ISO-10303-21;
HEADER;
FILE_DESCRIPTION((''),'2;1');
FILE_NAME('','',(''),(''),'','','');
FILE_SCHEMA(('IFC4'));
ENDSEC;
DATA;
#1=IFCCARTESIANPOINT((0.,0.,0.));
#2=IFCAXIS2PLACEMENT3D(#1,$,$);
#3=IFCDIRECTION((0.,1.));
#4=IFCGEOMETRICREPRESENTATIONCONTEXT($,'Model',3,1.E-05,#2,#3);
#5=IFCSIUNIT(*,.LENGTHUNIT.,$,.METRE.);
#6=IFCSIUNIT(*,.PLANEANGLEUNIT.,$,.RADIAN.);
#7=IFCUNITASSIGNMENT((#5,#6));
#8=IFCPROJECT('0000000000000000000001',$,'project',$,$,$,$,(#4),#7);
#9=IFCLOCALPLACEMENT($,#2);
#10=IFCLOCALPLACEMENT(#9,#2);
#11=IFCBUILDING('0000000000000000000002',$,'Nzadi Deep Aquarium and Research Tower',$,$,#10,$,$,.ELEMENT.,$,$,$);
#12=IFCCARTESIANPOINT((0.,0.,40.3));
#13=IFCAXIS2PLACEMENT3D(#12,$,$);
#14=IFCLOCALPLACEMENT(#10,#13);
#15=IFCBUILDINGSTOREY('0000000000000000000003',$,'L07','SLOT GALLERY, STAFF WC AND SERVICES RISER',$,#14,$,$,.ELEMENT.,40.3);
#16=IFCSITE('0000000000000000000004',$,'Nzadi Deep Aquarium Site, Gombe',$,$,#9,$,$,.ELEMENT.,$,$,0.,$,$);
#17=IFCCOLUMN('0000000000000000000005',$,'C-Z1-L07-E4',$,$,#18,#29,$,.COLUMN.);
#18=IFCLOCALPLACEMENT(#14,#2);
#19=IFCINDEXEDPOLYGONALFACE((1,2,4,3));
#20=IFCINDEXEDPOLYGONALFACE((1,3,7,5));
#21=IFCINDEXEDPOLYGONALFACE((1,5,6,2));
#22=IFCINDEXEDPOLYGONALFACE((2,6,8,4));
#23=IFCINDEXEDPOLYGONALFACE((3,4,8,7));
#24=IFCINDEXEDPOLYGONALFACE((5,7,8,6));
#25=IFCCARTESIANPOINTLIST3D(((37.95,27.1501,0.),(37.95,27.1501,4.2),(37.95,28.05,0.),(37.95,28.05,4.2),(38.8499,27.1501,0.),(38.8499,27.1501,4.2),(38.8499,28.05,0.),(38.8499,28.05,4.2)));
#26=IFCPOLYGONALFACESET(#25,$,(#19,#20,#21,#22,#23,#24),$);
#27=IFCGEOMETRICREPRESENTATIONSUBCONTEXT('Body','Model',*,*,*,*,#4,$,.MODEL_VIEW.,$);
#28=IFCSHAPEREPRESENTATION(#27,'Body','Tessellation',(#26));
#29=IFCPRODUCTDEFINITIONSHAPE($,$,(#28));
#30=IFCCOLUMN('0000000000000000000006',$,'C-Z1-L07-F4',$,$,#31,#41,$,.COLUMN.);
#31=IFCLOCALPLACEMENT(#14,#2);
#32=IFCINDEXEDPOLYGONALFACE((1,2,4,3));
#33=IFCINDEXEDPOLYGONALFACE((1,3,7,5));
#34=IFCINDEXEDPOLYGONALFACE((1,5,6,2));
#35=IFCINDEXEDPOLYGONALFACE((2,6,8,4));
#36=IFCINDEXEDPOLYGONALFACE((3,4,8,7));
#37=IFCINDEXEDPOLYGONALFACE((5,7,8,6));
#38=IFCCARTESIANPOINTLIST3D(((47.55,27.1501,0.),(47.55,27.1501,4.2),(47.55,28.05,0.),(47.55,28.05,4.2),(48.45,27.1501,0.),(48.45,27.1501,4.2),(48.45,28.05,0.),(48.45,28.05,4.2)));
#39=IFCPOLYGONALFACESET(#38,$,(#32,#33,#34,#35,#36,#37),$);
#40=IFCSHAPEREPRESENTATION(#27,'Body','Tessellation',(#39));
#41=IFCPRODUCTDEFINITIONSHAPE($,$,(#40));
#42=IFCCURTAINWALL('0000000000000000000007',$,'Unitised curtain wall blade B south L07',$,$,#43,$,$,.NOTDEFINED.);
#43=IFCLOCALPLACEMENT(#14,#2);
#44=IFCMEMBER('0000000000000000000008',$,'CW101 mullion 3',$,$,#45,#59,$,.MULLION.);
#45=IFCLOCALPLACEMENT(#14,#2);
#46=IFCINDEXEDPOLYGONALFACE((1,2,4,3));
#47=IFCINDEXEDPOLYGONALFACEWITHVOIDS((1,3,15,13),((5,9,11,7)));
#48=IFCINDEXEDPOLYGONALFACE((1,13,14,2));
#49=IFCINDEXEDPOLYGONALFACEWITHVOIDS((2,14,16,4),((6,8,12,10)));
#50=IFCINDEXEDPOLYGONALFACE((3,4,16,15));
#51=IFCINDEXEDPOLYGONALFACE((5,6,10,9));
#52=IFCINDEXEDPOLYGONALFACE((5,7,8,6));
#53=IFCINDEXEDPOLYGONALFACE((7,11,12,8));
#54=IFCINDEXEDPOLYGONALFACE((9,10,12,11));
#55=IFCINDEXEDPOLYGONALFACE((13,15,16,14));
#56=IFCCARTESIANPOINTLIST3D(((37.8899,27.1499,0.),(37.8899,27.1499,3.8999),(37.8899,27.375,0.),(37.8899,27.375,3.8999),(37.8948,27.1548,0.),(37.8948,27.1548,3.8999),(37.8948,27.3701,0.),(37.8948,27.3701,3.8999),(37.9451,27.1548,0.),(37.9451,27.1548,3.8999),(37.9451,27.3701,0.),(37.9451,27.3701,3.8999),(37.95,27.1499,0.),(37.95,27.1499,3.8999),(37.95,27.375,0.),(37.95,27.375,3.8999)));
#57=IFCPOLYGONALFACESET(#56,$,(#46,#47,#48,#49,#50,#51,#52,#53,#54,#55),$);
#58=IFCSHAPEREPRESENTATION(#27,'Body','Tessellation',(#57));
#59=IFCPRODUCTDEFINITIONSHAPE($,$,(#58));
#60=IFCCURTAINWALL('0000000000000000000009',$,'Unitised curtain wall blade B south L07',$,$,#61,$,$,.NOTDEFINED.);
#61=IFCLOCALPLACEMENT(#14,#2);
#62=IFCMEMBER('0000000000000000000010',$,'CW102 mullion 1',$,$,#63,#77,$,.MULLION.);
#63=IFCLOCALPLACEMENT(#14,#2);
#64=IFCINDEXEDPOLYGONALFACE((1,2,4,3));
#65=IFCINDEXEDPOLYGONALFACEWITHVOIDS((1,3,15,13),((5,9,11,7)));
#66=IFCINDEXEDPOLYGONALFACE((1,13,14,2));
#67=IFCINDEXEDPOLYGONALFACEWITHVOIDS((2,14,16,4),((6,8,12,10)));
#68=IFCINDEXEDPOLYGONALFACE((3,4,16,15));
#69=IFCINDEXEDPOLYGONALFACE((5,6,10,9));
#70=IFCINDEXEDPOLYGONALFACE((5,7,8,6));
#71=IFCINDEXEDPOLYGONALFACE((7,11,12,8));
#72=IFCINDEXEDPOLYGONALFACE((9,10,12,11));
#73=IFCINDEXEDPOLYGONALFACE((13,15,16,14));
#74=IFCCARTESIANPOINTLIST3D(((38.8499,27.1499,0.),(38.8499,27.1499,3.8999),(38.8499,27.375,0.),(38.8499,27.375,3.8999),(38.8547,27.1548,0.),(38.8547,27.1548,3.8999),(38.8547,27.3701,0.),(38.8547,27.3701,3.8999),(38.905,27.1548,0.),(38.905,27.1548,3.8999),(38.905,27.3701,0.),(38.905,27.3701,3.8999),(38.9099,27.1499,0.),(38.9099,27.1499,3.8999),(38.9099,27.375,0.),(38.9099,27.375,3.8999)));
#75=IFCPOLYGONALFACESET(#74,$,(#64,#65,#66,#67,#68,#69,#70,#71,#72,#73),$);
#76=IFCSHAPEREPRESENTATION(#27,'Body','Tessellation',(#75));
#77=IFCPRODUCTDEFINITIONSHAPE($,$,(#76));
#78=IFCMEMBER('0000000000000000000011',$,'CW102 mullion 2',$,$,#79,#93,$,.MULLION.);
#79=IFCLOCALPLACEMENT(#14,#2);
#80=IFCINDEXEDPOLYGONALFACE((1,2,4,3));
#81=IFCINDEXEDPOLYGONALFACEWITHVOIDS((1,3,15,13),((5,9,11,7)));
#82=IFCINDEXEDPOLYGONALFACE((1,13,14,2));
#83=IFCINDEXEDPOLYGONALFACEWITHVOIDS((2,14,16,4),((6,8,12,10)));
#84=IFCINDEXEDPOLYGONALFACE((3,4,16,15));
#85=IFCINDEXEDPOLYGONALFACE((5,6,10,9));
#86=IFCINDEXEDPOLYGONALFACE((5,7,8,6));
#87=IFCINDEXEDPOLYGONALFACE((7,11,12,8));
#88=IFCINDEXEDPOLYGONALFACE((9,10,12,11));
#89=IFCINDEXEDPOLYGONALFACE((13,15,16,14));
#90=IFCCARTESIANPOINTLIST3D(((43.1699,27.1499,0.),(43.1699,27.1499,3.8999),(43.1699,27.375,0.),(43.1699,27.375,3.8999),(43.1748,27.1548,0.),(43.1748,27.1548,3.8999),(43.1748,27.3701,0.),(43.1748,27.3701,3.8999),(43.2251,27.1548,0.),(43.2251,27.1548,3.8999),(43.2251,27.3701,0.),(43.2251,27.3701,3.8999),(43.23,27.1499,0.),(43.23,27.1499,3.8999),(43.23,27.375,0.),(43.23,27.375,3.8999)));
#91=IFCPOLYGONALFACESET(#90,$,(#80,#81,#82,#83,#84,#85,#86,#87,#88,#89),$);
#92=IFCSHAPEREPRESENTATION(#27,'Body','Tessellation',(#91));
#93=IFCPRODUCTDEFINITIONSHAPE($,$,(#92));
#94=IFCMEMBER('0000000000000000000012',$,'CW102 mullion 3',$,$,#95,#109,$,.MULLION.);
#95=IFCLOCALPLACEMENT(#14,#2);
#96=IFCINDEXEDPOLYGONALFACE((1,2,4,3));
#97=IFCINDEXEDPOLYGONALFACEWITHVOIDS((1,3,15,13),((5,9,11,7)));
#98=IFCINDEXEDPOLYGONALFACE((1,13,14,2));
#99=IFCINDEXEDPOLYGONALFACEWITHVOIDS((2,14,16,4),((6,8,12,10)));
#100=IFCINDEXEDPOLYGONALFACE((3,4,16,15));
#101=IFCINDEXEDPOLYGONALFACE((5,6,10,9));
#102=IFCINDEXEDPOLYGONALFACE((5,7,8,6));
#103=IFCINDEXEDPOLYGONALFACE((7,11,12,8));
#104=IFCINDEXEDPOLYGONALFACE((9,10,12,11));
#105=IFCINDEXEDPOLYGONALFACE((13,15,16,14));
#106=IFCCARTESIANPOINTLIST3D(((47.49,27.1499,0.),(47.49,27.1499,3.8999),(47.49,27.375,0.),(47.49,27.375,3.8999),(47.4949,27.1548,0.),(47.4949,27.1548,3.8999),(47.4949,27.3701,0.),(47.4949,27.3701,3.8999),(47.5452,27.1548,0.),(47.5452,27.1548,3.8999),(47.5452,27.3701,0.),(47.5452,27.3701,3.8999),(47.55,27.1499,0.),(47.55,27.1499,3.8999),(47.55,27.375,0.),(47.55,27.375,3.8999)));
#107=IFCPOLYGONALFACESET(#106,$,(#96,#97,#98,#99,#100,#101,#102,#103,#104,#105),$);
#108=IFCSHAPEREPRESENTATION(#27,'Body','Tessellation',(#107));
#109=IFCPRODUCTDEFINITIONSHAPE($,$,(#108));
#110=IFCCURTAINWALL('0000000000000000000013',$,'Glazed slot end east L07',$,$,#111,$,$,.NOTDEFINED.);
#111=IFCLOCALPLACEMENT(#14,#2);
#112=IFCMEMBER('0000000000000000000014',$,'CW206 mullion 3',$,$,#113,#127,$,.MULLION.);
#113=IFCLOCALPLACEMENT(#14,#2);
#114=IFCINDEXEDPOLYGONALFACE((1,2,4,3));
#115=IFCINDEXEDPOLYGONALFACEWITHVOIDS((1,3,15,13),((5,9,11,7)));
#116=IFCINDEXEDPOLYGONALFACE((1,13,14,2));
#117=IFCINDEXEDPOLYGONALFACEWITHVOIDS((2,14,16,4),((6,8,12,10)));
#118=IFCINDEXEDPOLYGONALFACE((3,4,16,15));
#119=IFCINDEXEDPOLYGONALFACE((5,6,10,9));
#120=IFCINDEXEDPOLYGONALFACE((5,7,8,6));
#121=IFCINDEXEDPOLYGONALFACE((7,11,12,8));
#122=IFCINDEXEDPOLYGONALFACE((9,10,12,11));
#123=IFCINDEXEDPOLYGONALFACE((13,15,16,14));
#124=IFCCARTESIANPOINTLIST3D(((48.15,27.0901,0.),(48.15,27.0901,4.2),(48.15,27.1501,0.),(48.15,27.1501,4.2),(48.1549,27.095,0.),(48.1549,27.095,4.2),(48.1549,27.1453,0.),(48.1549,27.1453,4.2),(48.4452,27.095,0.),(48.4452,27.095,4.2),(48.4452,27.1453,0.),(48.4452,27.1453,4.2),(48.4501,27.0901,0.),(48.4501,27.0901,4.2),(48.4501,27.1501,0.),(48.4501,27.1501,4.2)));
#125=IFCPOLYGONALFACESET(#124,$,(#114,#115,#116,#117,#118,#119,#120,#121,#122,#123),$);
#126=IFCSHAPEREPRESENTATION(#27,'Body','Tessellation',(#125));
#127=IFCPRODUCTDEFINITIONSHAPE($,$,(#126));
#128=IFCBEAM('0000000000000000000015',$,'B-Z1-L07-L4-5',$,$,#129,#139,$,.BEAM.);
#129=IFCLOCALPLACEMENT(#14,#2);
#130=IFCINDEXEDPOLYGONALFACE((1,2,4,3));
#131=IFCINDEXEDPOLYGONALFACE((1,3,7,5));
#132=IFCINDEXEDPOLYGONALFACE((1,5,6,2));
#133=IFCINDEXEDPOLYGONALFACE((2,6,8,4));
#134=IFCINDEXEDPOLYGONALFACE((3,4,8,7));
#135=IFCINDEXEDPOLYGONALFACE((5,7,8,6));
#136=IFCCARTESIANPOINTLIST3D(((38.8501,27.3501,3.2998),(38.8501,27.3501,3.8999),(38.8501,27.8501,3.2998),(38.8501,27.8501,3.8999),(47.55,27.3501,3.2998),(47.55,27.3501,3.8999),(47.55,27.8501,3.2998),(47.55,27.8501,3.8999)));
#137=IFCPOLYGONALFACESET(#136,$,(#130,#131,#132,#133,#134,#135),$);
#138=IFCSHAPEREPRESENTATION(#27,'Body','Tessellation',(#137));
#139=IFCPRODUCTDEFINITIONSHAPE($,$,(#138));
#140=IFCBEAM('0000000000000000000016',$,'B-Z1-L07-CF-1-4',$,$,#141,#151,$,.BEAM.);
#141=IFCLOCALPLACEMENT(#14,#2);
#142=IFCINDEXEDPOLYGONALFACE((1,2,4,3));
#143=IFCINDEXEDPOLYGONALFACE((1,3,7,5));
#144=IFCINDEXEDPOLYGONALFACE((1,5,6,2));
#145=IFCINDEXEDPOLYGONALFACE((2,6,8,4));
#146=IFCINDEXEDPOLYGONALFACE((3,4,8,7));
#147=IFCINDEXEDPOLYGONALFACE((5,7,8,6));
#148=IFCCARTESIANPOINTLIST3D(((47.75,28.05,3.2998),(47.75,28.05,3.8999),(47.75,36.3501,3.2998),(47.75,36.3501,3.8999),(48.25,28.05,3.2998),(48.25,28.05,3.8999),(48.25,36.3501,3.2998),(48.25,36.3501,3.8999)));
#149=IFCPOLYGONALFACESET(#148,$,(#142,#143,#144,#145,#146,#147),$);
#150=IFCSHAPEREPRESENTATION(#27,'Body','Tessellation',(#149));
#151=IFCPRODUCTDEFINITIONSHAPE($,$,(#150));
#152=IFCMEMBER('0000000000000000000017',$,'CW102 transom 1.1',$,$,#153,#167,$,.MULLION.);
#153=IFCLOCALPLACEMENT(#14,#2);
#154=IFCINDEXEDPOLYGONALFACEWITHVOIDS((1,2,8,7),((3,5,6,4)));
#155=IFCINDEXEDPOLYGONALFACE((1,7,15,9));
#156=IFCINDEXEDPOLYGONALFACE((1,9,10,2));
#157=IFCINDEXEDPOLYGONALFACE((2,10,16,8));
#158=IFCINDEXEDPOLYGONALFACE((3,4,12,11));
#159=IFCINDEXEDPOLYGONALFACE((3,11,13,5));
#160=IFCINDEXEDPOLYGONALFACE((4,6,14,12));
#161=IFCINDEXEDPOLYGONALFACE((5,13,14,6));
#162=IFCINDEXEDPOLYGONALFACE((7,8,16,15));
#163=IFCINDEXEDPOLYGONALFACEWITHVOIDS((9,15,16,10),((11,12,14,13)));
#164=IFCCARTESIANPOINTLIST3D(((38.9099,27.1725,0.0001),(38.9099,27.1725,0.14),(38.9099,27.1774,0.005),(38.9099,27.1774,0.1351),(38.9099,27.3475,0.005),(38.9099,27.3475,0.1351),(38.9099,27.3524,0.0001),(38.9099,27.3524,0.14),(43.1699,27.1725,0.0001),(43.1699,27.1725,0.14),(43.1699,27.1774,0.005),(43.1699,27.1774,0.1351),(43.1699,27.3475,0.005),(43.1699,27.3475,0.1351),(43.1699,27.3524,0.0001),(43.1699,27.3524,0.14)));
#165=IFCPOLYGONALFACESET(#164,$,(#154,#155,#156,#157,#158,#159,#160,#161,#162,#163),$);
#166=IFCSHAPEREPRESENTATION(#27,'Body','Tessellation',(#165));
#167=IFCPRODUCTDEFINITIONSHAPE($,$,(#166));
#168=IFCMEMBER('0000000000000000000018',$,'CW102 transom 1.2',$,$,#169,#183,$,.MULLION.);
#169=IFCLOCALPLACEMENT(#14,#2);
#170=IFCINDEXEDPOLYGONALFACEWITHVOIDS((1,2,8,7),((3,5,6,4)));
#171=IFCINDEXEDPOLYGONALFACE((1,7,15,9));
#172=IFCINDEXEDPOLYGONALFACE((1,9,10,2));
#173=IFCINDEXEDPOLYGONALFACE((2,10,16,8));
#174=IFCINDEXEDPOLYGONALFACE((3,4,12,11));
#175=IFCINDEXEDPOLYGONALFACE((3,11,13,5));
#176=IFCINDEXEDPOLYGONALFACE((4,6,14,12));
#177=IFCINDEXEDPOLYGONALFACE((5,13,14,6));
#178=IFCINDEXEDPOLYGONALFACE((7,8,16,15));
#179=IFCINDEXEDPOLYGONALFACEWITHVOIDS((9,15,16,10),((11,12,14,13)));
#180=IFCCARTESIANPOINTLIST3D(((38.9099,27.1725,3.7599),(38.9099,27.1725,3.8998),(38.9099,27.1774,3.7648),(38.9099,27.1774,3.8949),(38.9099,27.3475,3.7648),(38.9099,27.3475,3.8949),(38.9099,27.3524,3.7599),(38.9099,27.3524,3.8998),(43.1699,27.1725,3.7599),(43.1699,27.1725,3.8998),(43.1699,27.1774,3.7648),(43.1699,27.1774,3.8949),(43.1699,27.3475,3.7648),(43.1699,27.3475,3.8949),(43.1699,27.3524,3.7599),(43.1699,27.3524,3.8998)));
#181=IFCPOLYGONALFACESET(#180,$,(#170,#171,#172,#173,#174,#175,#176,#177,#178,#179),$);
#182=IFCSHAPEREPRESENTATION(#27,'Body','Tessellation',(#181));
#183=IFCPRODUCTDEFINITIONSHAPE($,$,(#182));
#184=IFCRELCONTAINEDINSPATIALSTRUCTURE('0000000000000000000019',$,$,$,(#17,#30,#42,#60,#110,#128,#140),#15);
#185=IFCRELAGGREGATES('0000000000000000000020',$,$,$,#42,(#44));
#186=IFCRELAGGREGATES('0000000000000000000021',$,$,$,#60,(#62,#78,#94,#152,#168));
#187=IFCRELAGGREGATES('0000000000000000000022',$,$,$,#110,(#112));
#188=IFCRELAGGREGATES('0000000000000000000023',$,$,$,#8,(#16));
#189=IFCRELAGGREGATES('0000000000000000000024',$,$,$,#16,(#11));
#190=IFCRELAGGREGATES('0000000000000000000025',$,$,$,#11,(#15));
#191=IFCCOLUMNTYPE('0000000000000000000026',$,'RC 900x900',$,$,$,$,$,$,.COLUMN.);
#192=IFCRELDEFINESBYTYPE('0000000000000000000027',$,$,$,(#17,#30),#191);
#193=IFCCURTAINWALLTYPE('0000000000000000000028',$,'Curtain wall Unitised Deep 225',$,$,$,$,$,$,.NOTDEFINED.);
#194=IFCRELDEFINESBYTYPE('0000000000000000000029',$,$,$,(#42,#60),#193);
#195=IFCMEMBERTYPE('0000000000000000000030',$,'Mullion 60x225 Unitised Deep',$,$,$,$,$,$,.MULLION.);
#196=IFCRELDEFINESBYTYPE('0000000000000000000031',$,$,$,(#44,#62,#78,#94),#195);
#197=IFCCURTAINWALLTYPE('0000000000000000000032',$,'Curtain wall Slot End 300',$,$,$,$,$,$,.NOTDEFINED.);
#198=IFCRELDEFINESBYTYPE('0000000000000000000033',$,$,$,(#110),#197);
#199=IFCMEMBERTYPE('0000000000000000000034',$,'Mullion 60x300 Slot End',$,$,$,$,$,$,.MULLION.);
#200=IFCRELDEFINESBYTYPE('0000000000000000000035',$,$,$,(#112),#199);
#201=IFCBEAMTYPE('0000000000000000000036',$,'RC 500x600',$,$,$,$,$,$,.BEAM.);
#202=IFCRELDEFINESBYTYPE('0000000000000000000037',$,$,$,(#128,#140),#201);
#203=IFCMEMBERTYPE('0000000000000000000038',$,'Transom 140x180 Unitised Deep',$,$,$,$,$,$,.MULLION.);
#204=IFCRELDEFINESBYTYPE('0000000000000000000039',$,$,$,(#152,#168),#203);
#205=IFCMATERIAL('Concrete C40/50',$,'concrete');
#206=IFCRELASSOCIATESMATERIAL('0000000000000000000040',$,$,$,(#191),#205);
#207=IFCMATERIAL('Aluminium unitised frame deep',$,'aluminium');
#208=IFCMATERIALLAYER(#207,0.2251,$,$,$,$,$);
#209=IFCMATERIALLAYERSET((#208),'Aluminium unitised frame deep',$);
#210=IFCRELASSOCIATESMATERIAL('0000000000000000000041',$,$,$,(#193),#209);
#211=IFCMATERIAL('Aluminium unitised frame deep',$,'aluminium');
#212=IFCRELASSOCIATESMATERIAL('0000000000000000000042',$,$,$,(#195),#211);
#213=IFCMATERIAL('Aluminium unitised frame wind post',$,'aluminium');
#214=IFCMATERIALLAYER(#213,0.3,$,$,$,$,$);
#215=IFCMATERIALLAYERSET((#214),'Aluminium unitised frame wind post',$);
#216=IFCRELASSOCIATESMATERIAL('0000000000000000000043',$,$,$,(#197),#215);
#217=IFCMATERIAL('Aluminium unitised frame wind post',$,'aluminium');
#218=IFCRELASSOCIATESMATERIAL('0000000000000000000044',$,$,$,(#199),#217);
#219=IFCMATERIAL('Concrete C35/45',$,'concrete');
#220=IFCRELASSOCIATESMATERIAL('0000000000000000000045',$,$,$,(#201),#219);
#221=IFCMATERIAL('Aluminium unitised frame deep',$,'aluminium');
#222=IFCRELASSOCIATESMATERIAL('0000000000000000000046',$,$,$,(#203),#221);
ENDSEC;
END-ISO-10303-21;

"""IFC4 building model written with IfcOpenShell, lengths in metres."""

from ifc_helpers import new_model, si_unit, direction, frame, origin, origin_2d, place, context, subcontext, project, spatial, rectangle, hollow_rectangle, extrude, material, layer, layer_set, material_profile, profile_set, type_object, element, aggregate, save


model = new_model("IFC4")

# Units and contexts
model_context = context("Model", 3, precision=1e-05, world=origin(), true_north=direction((0.0, 1.0)))
body_context = subcontext(model_context, "Body", "Model", "MODEL_VIEW")
ifc_project = project(units=[si_unit("LENGTHUNIT", "METRE"), si_unit("PLANEANGLEUNIT", "RADIAN")], contexts=[model_context])

# Site, building, storey
site_placement = place(None, origin())
site = spatial("IfcSite", under=ifc_project, at=site_placement, Name="Nzadi Deep Aquarium Site, Gombe", CompositionType="ELEMENT", RefElevation=0.0)
building_placement = place(site_placement, origin())
building = spatial("IfcBuilding", under=site, at=building_placement, Name="Nzadi Deep Aquarium and Research Tower", CompositionType="ELEMENT")
storey_placement = place(building_placement, frame((0.0, 0.0, 40.3)))
storey = spatial("IfcBuildingStorey", under=building, at=storey_placement, Name="L07", Description="SLOT GALLERY, STAFF WC AND SERVICES RISER", CompositionType="ELEMENT", Elevation=40.3)

# Columns
ifc_material_1 = material(Name="Concrete C40/50", Category="concrete")
ifc_material_profile_1 = material_profile(ifc_material_1, rectangle(XDim=0.8999, YDim=0.8999, at=origin_2d()))
ifc_profile_set_1 = profile_set([ifc_material_profile_1], Name="Concrete C40/50")
column_type = type_object("IfcColumnType", Name="RC 900x900", PredefinedType="COLUMN", material=ifc_profile_set_1)
for number, where, z_axis, x_axis, name in (
    (1, (38.3999, 27.6001, 0.0), (0.0, 0.0, 1.0), (1.0, 0.0, 0.0), "C-Z1-L07-E4"),
    (2, (48.0, 27.6001, 0.0), (0.0, 0.0, 1.0), (1.0, 0.0, 0.0), "C-Z1-L07-F4"),
):
    element("IfcColumn", number, at=place(storey_placement, frame(where, z_axis=z_axis, x_axis=x_axis)), inside=storey, type_object=column_type, Name=name, PredefinedType="COLUMN", context=body_context, shape_type="SweptSolid", body=[
        extrude(rectangle(XDim=0.8999, YDim=0.8999, at=origin_2d()), origin(), (0.0, 0.0, 1.0), 4.2),
    ])

# Curtain wall, member
ifc_material_2 = material(Name="Aluminium unitised frame deep", Category="aluminium")
ifc_layer_1 = layer(ifc_material_2, 0.2251)
ifc_layer_set_1 = layer_set([ifc_layer_1], Name="Aluminium unitised frame deep")
curtain_wall_type_1 = type_object("IfcCurtainWallType", Name="Curtain wall Unitised Deep 225", PredefinedType="NOTDEFINED", material=ifc_layer_set_1)
curtain_wall_1_placement = place(storey_placement, origin())
curtain_wall_1 = element("IfcCurtainWall", 3, at=curtain_wall_1_placement, inside=storey, type_object=curtain_wall_type_1, Name="Unitised curtain wall blade B south L07", PredefinedType="NOTDEFINED")
ifc_material_3 = material(Name="Aluminium unitised frame deep", Category="aluminium")
ifc_material_profile_2 = material_profile(ifc_material_3, hollow_rectangle(XDim=0.2251, YDim=0.0601, WallThickness=0.0049, at=origin_2d()))
ifc_profile_set_2 = profile_set([ifc_material_profile_2], Name="Aluminium unitised frame deep")
member_type_1 = type_object("IfcMemberType", Name="Mullion 60x225 Unitised Deep", PredefinedType="MULLION", material=ifc_profile_set_2)
member_1_placement = place(storey_placement, frame((37.9199, 27.2625, 0.0), z_axis=(0.0, 0.0, 1.0), x_axis=(0.0, 1.0, 0.0)))
member_1 = element("IfcMember", 4, at=member_1_placement, type_object=member_type_1, Name="CW101 mullion 3", PredefinedType="MULLION", context=body_context, shape_type="SweptSolid", body=[
    extrude(hollow_rectangle(XDim=0.2251, YDim=0.0601, WallThickness=0.0049, at=origin_2d()), origin(), (0.0, 0.0, 1.0), 3.8999),
])

# Curtain wall, members
curtain_wall_2_placement = place(storey_placement, origin())
curtain_wall_2 = element("IfcCurtainWall", 5, at=curtain_wall_2_placement, inside=storey, type_object=curtain_wall_type_1, Name="Unitised curtain wall blade B south L07", PredefinedType="NOTDEFINED")
member_2_placement = place(storey_placement, frame((38.8799, 27.2625, 0.0), z_axis=(0.0, 0.0, 1.0), x_axis=(0.0, 1.0, 0.0)))
member_2 = element("IfcMember", 6, at=member_2_placement, type_object=member_type_1, Name="CW102 mullion 1", PredefinedType="MULLION", context=body_context, shape_type="SweptSolid", body=[
    extrude(hollow_rectangle(XDim=0.2251, YDim=0.0601, WallThickness=0.0049, at=origin_2d()), origin(), (0.0, 0.0, 1.0), 3.8999),
])
member_3_placement = place(storey_placement, frame((43.2, 27.2625, 0.0), z_axis=(0.0, 0.0, 1.0), x_axis=(0.0, 1.0, 0.0)))
member_3 = element("IfcMember", 7, at=member_3_placement, type_object=member_type_1, Name="CW102 mullion 2", PredefinedType="MULLION", context=body_context, shape_type="SweptSolid", body=[
    extrude(hollow_rectangle(XDim=0.2251, YDim=0.0601, WallThickness=0.0049, at=origin_2d()), origin(), (0.0, 0.0, 1.0), 3.8999),
])
member_4_placement = place(storey_placement, frame((47.52, 27.2625, 0.0), z_axis=(0.0, 0.0, 1.0), x_axis=(0.0, 1.0, 0.0)))
member_4 = element("IfcMember", 8, at=member_4_placement, type_object=member_type_1, Name="CW102 mullion 3", PredefinedType="MULLION", context=body_context, shape_type="SweptSolid", body=[
    extrude(hollow_rectangle(XDim=0.2251, YDim=0.0601, WallThickness=0.0049, at=origin_2d()), origin(), (0.0, 0.0, 1.0), 3.8999),
])

# Curtain wall, member
ifc_material_4 = material(Name="Aluminium unitised frame wind post", Category="aluminium")
ifc_layer_2 = layer(ifc_material_4, 0.3)
ifc_layer_set_2 = layer_set([ifc_layer_2], Name="Aluminium unitised frame wind post")
curtain_wall_type_2 = type_object("IfcCurtainWallType", Name="Curtain wall Slot End 300", PredefinedType="NOTDEFINED", material=ifc_layer_set_2)
curtain_wall_3_placement = place(storey_placement, origin())
curtain_wall_3 = element("IfcCurtainWall", 9, at=curtain_wall_3_placement, inside=storey, type_object=curtain_wall_type_2, Name="Glazed slot end east L07", PredefinedType="NOTDEFINED")
ifc_material_5 = material(Name="Aluminium unitised frame wind post", Category="aluminium")
ifc_material_profile_3 = material_profile(ifc_material_5, hollow_rectangle(XDim=0.3, YDim=0.0601, WallThickness=0.0049, at=origin_2d()))
ifc_profile_set_3 = profile_set([ifc_material_profile_3], Name="Aluminium unitised frame wind post")
member_type_2 = type_object("IfcMemberType", Name="Mullion 60x300 Slot End", PredefinedType="MULLION", material=ifc_profile_set_3)
member_5_placement = place(storey_placement, frame((48.3, 27.1201, 0.0), z_axis=(0.0, 0.0, 1.0), x_axis=(-1.0, 0.0, 0.0)))
member_5 = element("IfcMember", 10, at=member_5_placement, type_object=member_type_2, Name="CW206 mullion 3", PredefinedType="MULLION", context=body_context, shape_type="SweptSolid", body=[
    extrude(hollow_rectangle(XDim=0.3, YDim=0.0601, WallThickness=0.0049, at=origin_2d()), origin(), (0.0, 0.0, 1.0), 4.2),
])

# Beams
ifc_material_6 = material(Name="Concrete C35/45", Category="concrete")
ifc_material_profile_4 = material_profile(ifc_material_6, rectangle(XDim=0.5, YDim=0.6001, at=origin_2d()))
ifc_profile_set_4 = profile_set([ifc_material_profile_4], Name="Concrete C35/45")
beam_type = type_object("IfcBeamType", Name="RC 500x600", PredefinedType="BEAM", material=ifc_profile_set_4)
beam_1_placement = place(storey_placement, frame((38.8501, 27.6001, 3.5999), z_axis=(1.0, 0.0, 0.0), x_axis=(0.0, 1.0, 0.0)))
element("IfcBeam", 11, at=beam_1_placement, inside=storey, type_object=beam_type, Name="B-Z1-L07-L4-5", PredefinedType="BEAM", context=body_context, shape_type="SweptSolid", body=[
    extrude(rectangle(XDim=0.5, YDim=0.6001, at=origin_2d()), origin(), (0.0, 0.0, 1.0), 8.7),
])
beam_2_placement = place(storey_placement, frame((48.0, 28.05, 3.5999), z_axis=(0.0, 1.0, 0.0), x_axis=(-1.0, 0.0, 0.0)))
element("IfcBeam", 12, at=beam_2_placement, inside=storey, type_object=beam_type, Name="B-Z1-L07-CF-1-4", PredefinedType="BEAM", context=body_context, shape_type="SweptSolid", body=[
    extrude(rectangle(XDim=0.5, YDim=0.6001, at=origin_2d()), origin(), (0.0, 0.0, 1.0), 8.3),
])

# Members
ifc_material_7 = material(Name="Aluminium unitised frame deep", Category="aluminium")
ifc_material_profile_5 = material_profile(ifc_material_7, hollow_rectangle(XDim=0.1799, YDim=0.1399, WallThickness=0.0049, at=origin_2d()))
ifc_profile_set_5 = profile_set([ifc_material_profile_5], Name="Aluminium unitised frame deep")
member_type_3 = type_object("IfcMemberType", Name="Transom 140x180 Unitised Deep", PredefinedType="MULLION", material=ifc_profile_set_5)
member_6_placement = place(storey_placement, frame((38.9099, 27.2625, 0.0701), z_axis=(1.0, 0.0, 0.0), x_axis=(0.0, 1.0, 0.0)))
member_6 = element("IfcMember", 13, at=member_6_placement, type_object=member_type_3, Name="CW102 transom 1.1", PredefinedType="MULLION", context=body_context, shape_type="SweptSolid", body=[
    extrude(hollow_rectangle(XDim=0.1799, YDim=0.1399, WallThickness=0.0049, at=origin_2d()), origin(), (0.0, 0.0, 1.0), 4.26),
])
member_7_placement = place(storey_placement, frame((38.9099, 27.2625, 3.8298), z_axis=(1.0, 0.0, 0.0), x_axis=(0.0, 1.0, 0.0)))
member_7 = element("IfcMember", 14, at=member_7_placement, type_object=member_type_3, Name="CW102 transom 1.2", PredefinedType="MULLION", context=body_context, shape_type="SweptSolid", body=[
    extrude(hollow_rectangle(XDim=0.1799, YDim=0.1399, WallThickness=0.0049, at=origin_2d()), origin(), (0.0, 0.0, 1.0), 4.26),
])

aggregate(curtain_wall_1, [member_1])
aggregate(curtain_wall_2, [member_2, member_3, member_4, member_6, member_7])
aggregate(curtain_wall_3, [member_5])

save(model, "model.ifc")
